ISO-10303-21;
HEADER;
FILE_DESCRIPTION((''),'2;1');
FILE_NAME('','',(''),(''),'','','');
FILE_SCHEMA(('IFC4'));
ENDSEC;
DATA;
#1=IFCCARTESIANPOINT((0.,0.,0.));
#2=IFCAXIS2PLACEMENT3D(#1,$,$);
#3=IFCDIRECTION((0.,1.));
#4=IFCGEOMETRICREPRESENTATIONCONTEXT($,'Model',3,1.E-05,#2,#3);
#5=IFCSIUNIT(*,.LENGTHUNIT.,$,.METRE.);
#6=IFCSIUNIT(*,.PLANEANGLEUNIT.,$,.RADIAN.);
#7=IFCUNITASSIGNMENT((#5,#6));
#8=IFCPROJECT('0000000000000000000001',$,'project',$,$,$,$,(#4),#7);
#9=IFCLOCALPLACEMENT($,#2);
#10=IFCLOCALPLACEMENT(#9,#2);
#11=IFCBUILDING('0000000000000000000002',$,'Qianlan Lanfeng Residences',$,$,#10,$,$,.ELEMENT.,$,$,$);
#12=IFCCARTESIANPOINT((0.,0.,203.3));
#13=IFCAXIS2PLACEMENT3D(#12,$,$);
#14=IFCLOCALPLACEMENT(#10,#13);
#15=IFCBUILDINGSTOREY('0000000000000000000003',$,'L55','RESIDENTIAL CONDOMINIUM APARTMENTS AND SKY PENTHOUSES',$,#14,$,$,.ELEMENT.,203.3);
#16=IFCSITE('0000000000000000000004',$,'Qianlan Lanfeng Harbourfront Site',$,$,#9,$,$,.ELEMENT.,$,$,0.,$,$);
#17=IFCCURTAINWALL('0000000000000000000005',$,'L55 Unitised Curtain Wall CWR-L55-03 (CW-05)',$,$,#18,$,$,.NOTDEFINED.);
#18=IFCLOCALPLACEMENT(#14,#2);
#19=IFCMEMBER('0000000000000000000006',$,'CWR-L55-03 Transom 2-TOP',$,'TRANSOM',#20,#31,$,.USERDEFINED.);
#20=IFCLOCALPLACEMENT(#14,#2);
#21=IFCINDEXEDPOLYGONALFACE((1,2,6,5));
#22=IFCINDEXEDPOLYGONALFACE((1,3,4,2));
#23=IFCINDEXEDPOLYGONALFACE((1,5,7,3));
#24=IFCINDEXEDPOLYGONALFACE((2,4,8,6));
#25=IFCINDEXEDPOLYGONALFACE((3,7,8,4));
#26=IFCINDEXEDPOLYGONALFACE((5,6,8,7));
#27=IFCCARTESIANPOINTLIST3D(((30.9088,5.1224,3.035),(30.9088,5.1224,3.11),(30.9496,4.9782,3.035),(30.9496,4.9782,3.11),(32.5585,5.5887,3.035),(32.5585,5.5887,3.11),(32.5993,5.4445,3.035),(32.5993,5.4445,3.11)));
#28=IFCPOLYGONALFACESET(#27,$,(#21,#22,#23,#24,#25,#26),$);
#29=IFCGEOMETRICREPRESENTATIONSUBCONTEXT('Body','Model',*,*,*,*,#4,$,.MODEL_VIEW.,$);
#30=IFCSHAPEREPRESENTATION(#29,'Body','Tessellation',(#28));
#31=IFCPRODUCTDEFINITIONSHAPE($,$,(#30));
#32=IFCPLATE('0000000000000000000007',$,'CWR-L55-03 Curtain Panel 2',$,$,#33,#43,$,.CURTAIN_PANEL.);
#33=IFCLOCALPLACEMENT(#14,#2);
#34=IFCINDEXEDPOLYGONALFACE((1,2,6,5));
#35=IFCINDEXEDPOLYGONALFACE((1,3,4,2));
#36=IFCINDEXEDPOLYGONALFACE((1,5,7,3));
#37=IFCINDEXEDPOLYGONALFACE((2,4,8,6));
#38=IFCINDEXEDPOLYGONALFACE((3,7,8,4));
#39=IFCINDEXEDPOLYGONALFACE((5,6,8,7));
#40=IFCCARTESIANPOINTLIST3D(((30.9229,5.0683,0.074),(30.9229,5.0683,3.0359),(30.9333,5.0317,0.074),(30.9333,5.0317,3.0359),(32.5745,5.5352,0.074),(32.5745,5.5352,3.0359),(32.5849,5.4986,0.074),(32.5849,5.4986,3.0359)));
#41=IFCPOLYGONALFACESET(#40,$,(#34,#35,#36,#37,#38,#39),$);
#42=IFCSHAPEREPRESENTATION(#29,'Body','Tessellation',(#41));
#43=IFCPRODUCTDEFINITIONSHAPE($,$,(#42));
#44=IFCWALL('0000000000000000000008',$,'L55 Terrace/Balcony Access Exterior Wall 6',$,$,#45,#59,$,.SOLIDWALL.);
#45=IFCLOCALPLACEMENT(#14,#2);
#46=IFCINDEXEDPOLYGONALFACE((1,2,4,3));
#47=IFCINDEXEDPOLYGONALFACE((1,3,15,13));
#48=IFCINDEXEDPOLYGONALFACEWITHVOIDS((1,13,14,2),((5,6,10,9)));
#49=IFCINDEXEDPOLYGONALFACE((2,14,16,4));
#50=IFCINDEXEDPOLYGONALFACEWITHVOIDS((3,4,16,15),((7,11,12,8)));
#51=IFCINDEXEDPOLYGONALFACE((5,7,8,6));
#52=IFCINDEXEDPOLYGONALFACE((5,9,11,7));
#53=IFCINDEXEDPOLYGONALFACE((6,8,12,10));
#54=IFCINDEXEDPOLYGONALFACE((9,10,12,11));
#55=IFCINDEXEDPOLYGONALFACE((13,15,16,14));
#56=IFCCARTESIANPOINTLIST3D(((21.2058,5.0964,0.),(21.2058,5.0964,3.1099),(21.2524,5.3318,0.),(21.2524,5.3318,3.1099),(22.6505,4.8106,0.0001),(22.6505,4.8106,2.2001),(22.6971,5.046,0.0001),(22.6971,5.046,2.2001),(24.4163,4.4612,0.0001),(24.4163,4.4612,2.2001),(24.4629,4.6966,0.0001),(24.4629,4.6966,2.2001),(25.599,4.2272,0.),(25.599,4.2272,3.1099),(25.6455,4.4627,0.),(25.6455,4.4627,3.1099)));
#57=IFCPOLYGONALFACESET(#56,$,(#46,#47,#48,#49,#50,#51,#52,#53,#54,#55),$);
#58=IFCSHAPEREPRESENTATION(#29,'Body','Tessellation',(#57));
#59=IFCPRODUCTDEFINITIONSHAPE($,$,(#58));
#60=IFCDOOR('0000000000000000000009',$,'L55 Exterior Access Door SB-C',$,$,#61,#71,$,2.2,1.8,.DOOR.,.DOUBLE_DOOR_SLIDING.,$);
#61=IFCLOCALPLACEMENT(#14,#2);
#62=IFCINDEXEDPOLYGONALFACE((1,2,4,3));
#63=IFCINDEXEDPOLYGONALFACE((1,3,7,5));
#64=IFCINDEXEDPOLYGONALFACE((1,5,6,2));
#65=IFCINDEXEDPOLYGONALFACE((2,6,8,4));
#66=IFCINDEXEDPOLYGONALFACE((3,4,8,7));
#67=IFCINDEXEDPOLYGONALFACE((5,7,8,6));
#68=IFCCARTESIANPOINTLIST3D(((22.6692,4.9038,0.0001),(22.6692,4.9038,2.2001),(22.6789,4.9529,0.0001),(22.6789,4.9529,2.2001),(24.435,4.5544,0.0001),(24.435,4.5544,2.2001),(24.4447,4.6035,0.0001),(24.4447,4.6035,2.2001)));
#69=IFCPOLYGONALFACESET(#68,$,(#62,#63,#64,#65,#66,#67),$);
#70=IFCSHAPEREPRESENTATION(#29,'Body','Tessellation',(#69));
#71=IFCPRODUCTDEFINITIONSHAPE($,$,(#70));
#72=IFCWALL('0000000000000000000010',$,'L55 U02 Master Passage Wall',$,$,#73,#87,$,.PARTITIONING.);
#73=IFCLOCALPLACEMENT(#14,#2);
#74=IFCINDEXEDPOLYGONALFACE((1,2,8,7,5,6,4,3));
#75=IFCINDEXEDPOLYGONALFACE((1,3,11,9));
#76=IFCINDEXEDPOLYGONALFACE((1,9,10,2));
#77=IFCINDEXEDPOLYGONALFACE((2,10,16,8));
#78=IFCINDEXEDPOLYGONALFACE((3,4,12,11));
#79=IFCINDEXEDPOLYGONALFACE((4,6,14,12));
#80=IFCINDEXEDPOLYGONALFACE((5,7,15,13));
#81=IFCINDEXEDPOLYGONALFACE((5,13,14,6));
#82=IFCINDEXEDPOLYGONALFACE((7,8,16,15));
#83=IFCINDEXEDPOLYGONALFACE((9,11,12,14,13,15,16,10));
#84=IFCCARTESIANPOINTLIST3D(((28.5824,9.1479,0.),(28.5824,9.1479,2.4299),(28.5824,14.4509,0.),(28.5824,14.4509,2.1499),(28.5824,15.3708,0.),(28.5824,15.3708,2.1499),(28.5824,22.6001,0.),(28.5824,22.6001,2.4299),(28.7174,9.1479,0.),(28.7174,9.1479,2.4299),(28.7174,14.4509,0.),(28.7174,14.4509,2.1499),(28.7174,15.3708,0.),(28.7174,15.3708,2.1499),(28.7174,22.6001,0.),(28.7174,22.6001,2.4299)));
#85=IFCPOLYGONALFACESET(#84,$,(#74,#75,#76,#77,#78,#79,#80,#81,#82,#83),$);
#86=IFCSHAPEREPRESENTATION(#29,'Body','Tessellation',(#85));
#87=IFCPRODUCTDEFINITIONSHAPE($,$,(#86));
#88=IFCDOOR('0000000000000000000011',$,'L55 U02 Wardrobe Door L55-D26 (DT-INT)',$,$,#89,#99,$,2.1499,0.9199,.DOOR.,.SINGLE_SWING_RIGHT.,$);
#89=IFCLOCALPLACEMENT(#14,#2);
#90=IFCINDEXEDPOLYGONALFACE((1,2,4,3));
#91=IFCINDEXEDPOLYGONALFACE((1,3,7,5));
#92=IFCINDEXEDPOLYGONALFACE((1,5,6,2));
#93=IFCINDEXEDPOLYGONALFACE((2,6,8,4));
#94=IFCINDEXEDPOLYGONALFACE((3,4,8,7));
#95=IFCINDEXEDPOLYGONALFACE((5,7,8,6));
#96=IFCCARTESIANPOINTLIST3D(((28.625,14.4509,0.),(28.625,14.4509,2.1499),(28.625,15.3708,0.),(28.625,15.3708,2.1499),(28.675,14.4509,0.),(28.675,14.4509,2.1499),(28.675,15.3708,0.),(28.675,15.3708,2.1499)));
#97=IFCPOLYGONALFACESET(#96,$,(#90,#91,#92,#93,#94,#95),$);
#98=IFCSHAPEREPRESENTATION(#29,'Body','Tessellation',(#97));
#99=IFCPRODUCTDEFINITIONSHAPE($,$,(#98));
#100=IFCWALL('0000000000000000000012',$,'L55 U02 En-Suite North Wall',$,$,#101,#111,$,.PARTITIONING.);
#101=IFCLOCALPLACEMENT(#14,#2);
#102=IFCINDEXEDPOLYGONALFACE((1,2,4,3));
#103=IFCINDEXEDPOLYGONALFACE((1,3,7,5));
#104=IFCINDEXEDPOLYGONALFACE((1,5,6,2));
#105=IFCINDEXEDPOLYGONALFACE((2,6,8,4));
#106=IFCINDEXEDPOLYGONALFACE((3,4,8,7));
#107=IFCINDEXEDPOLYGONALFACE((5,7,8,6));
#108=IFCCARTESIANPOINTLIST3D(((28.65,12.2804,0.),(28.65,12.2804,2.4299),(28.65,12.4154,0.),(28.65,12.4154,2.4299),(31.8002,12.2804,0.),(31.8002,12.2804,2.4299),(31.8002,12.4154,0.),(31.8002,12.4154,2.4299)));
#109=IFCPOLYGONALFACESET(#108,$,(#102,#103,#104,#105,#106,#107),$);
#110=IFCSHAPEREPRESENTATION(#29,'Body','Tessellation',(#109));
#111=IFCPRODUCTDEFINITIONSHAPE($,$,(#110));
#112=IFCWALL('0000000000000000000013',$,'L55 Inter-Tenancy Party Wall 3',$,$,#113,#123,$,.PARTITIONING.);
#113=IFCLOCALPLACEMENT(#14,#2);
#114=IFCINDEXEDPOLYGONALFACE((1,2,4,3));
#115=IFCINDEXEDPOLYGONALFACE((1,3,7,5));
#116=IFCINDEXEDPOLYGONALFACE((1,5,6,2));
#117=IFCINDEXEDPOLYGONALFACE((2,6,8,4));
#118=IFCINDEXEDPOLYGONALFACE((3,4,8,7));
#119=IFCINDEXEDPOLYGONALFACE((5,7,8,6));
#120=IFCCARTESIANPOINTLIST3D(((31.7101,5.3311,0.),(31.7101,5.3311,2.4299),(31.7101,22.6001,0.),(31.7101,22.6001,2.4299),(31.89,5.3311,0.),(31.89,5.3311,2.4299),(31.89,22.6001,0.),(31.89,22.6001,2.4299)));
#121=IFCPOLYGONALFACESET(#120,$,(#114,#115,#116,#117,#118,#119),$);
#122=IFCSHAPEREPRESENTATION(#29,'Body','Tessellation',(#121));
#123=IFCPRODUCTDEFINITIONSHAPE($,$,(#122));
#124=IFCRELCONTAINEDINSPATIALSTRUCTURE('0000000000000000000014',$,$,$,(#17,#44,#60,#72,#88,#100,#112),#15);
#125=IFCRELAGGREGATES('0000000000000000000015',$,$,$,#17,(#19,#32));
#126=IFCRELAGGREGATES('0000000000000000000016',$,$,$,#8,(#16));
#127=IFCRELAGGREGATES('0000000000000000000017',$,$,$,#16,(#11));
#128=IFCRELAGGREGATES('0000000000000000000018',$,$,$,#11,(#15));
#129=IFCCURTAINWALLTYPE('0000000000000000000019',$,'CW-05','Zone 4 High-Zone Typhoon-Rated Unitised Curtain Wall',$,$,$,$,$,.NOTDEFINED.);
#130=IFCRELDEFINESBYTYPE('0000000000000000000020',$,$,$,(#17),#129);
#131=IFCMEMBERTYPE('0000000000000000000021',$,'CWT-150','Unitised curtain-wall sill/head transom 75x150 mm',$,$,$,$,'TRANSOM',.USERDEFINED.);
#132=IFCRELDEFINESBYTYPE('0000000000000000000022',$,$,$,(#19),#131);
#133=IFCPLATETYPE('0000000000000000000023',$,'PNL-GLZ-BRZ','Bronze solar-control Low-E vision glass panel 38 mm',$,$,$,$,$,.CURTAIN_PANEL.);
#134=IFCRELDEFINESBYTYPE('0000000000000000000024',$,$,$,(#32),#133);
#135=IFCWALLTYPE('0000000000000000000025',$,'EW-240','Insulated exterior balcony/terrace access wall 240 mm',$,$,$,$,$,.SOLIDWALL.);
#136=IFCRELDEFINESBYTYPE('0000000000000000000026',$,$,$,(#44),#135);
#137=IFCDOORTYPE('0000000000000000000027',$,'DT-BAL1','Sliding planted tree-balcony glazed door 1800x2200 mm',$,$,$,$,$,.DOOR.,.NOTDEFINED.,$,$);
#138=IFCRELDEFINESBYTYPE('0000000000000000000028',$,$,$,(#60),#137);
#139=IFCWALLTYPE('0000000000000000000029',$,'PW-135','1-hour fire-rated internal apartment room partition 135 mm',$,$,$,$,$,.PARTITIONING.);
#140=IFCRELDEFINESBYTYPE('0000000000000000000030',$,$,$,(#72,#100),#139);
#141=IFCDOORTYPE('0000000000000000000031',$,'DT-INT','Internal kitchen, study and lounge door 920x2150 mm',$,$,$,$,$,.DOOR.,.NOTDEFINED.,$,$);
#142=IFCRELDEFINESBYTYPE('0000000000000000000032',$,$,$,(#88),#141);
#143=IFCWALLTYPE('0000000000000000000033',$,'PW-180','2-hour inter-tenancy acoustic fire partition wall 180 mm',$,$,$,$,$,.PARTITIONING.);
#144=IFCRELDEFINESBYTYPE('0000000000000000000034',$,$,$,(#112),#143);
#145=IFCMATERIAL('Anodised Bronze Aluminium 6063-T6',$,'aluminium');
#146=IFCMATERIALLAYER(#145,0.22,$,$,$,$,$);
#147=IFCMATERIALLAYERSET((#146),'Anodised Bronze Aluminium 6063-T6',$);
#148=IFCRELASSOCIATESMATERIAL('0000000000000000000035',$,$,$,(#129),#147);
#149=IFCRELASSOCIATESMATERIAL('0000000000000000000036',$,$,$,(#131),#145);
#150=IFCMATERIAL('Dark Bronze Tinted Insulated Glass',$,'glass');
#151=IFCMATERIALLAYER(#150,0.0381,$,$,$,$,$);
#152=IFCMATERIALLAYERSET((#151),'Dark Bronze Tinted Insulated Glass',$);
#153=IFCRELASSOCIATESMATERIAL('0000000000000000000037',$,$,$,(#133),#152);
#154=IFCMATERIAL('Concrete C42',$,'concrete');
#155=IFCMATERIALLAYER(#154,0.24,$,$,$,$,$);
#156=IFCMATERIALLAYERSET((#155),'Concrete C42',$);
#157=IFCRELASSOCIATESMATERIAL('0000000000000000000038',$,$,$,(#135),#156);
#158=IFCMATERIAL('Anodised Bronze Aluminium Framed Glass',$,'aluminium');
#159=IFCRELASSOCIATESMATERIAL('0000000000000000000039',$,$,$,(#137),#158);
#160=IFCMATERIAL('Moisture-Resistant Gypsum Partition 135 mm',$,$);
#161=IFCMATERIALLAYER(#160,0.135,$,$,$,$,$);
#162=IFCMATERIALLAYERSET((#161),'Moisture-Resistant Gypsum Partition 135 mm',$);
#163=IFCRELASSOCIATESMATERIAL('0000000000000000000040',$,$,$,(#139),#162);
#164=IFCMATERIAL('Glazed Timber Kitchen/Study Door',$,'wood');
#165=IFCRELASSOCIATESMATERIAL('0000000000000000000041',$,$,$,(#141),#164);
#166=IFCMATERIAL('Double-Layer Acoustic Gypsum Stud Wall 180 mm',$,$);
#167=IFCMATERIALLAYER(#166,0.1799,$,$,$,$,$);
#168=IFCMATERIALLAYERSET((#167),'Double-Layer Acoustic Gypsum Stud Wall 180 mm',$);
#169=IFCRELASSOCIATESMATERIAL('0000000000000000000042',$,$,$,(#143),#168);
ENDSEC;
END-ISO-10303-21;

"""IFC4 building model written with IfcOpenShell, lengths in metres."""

from ifc_helpers import new_model, si_unit, direction, frame, frame_2d, origin, origin_2d, place, context, subcontext, project, spatial, rectangle, extrude, source, transform, mapped, material, layer, layer_set, material_profile, profile_set, type_object, element, fill, aggregate, save


model = new_model("IFC4")

# Units and contexts
model_context = context("Model", 3, precision=1e-05, world=origin(), true_north=direction((0.0, 1.0)))
body_context = subcontext(model_context, "Body", "Model", "MODEL_VIEW")
ifc_project = project(units=[si_unit("LENGTHUNIT", "METRE"), si_unit("PLANEANGLEUNIT", "RADIAN")], contexts=[model_context])

# Site, building, storey
site_placement = place(None, origin())
site = spatial("IfcSite", under=ifc_project, at=site_placement, Name="Qianlan Lanfeng Harbourfront Site", CompositionType="ELEMENT", RefElevation=0.0)
building_placement = place(site_placement, origin())
building = spatial("IfcBuilding", under=site, at=building_placement, Name="Qianlan Lanfeng Residences", CompositionType="ELEMENT")
storey_placement = place(building_placement, frame((0.0, 0.0, 203.3)))
storey = spatial("IfcBuildingStorey", under=building, at=storey_placement, Name="L55", Description="RESIDENTIAL CONDOMINIUM APARTMENTS AND SKY PENTHOUSES", CompositionType="ELEMENT", Elevation=203.3)

# Curtain wall, member, plate
ifc_material_1 = material(Name="Anodised Bronze Aluminium 6063-T6", Category="aluminium")
ifc_layer_1 = layer(ifc_material_1, 0.22)
ifc_layer_set_1 = layer_set([ifc_layer_1], Name="Anodised Bronze Aluminium 6063-T6")
curtain_wall_type = type_object("IfcCurtainWallType", Name="CW-05", Description="Zone 4 High-Zone Typhoon-Rated Unitised Curtain Wall", PredefinedType="NOTDEFINED", material=ifc_layer_set_1)
curtain_wall_placement = place(storey_placement, origin())
curtain_wall = element("IfcCurtainWall", 1, at=curtain_wall_placement, inside=storey, type_object=curtain_wall_type, Name="L55 Unitised Curtain Wall CWR-L55-03 (CW-05)", PredefinedType="NOTDEFINED")
ifc_material_profile_1 = material_profile(ifc_material_1, rectangle(XDim=0.075, YDim=0.1499, at=origin_2d()), Name="ALU TRANSOM 75x150")
ifc_profile_set_1 = profile_set([ifc_material_profile_1], Name="Anodised Bronze Aluminium 6063-T6")
member_type = type_object("IfcMemberType", Name="CWT-150", Description="Unitised curtain-wall sill/head transom 75x150 mm", ElementType="TRANSOM", PredefinedType="USERDEFINED", material=ifc_profile_set_1)
shared_shape_1 = source(origin(), body_context, "Body", "SweptSolid", [
    extrude(rectangle(XDim=0.075, YDim=0.1499, at=origin_2d()), origin(), (0.0, 0.0, 1.0), 1.7144),
])
member_1_placement = place(storey_placement, frame((30.9292, 5.0503, 3.0725), z_axis=(0.962294, 0.272011, 0.0), x_axis=(0.0, 0.0, 1.0)))
member_1 = element("IfcMember", 2, at=member_1_placement, type_object=member_type, Name="CWR-L55-03 Transom 2-TOP", ObjectType="TRANSOM", PredefinedType="USERDEFINED", context=body_context, shape_type="MappedRepresentation", body=[
    mapped(shared_shape_1, transform((0.0, 0.0, 0.0), scale=1.0)),
])
ifc_material_2 = material(Name="Dark Bronze Tinted Insulated Glass", Category="glass")
ifc_layer_2 = layer(ifc_material_2, 0.0381)
ifc_layer_set_2 = layer_set([ifc_layer_2], Name="Dark Bronze Tinted Insulated Glass")
plate_type = type_object("IfcPlateType", Name="PNL-GLZ-BRZ", Description="Bronze solar-control Low-E vision glass panel 38 mm", PredefinedType="CURTAIN_PANEL", material=ifc_layer_set_2)
shared_shape_2 = source(origin(), body_context, "Body", "SweptSolid", [
    extrude(rectangle(XDim=1.7163, YDim=0.0381, at=origin_2d()), origin(), (0.0, 0.0, 1.0), 2.9619),
])
plate_placement = place(storey_placement, frame((31.7539, 5.2834, 0.074), z_axis=(0.0, 0.0, 1.0), x_axis=(0.962284, 0.272045, 0.0)))
plate = element("IfcPlate", 3, at=plate_placement, type_object=plate_type, Name="CWR-L55-03 Curtain Panel 2", PredefinedType="CURTAIN_PANEL", context=body_context, shape_type="MappedRepresentation", body=[
    mapped(shared_shape_2, transform((0.0, 0.0, 0.0), scale=1.0)),
])
aggregate(curtain_wall, [member_1, plate])

# Wall, opening, door
ifc_material_3 = material(Name="Concrete C42", Category="concrete")
ifc_layer_3 = layer(ifc_material_3, 0.24)
ifc_layer_set_3 = layer_set([ifc_layer_3], Name="Concrete C42")
wall_type_1 = type_object("IfcWallType", Name="EW-240", Description="Insulated exterior balcony/terrace access wall 240 mm", PredefinedType="SOLIDWALL", material=ifc_layer_set_3)
wall_1_placement = place(storey_placement, frame((21.229, 5.2141, 0.0), z_axis=(0.0, 0.0, 1.0), x_axis=(0.980985, -0.194082, 0.0)))
wall_1 = element("IfcWall", 4, at=wall_1_placement, inside=storey, type_object=wall_type_1, Name="L55 Terrace/Balcony Access Exterior Wall 6", PredefinedType="SOLIDWALL", context=body_context, shape_type="SweptSolid", body=[
    extrude(rectangle(XDim=4.4783, YDim=0.24, at=frame_2d((2.2393, 0.0))), origin(), (0.0, 0.0, 1.0), 3.1099),
])
opening_1_placement = place(wall_1_placement, frame((1.4729, 0.0, 0.0)))
opening_1 = element("IfcOpeningElement", 5, at=opening_1_placement, cuts=wall_1, PredefinedType="OPENING", context=body_context, shape_type="SweptSolid", body=[
    extrude(rectangle(XDim=1.8, YDim=2.2, at=frame_2d((0.8999, 1.1001))), frame((0.0, 0.1299, 0.0), z_axis=(0.0, -1.0, 0.0), x_axis=(1.0, 0.0, 0.0)), (0.0, 0.0, 1.0), 0.26),
])
ifc_material_4 = material(Name="Anodised Bronze Aluminium Framed Glass", Category="aluminium")
door_type_1 = type_object("IfcDoorType", Name="DT-BAL1", Description="Sliding planted tree-balcony glazed door 1800x2200 mm", OperationType="NOTDEFINED", PredefinedType="DOOR", material=ifc_material_4)
door_1_placement = place(opening_1_placement, frame((1.8, 0.0, 0.0), z_axis=(0.0, 0.0, 1.0), x_axis=(-1.0, 0.0, 0.0)))
door_1 = element("IfcDoor", 6, at=door_1_placement, inside=storey, type_object=door_type_1, Name="L55 Exterior Access Door SB-C", OperationType="DOUBLE_DOOR_SLIDING", OverallHeight=2.2, OverallWidth=1.8, PredefinedType="DOOR", context=body_context, shape_type="SweptSolid", body=[
    extrude(rectangle(XDim=1.8, YDim=2.2, at=frame_2d((0.8999, 1.1001))), frame((0.0, 0.0249, 0.0), z_axis=(0.0, -1.0, 0.0), x_axis=(1.0, 0.0, 0.0)), (0.0, 0.0, 1.0), 0.05),
])
fill(opening_1, door_1)

# Shared definitions
ifc_material_5 = material(Name="Moisture-Resistant Gypsum Partition 135 mm")
ifc_layer_4 = layer(ifc_material_5, 0.135)
ifc_layer_set_4 = layer_set([ifc_layer_4], Name="Moisture-Resistant Gypsum Partition 135 mm")
wall_type_2 = type_object("IfcWallType", Name="PW-135", Description="1-hour fire-rated internal apartment room partition 135 mm", PredefinedType="PARTITIONING", material=ifc_layer_set_4)

# Wall, opening, door
wall_2_placement = place(storey_placement, frame((28.6499, 9.1479, 0.0), z_axis=(0.0, 0.0, 1.0), x_axis=(0.0, 1.0, 0.0)))
wall_2 = element("IfcWall", 7, at=wall_2_placement, inside=storey, type_object=wall_type_2, Name="L55 U02 Master Passage Wall", PredefinedType="PARTITIONING", context=body_context, shape_type="SweptSolid", body=[
    extrude(rectangle(XDim=13.4521, YDim=0.135, at=frame_2d((6.7261, 0.0))), origin(), (0.0, 0.0, 1.0), 2.4299),
])
opening_2_placement = place(wall_2_placement, frame((5.303, 0.0, 0.0)))
opening_2 = element("IfcOpeningElement", 8, at=opening_2_placement, cuts=wall_2, PredefinedType="OPENING", context=body_context, shape_type="SweptSolid", body=[
    extrude(rectangle(XDim=0.9199, YDim=2.1499, at=frame_2d((0.46, 1.075))), frame((0.0, 0.0776, 0.0), z_axis=(0.0, -1.0, 0.0), x_axis=(1.0, 0.0, 0.0)), (0.0, 0.0, 1.0), 0.155),
])
ifc_material_6 = material(Name="Glazed Timber Kitchen/Study Door", Category="wood")
door_type_2 = type_object("IfcDoorType", Name="DT-INT", Description="Internal kitchen, study and lounge door 920x2150 mm", OperationType="NOTDEFINED", PredefinedType="DOOR", material=ifc_material_6)
door_2_placement = place(opening_2_placement, origin())
door_2 = element("IfcDoor", 9, at=door_2_placement, inside=storey, type_object=door_type_2, Name="L55 U02 Wardrobe Door L55-D26 (DT-INT)", OperationType="SINGLE_SWING_RIGHT", OverallHeight=2.1499, OverallWidth=0.9199, PredefinedType="DOOR", context=body_context, shape_type="SweptSolid", body=[
    extrude(rectangle(XDim=0.9199, YDim=2.1499, at=frame_2d((0.46, 1.075))), frame((0.0, 0.0249, 0.0), z_axis=(0.0, -1.0, 0.0), x_axis=(1.0, 0.0, 0.0)), (0.0, 0.0, 1.0), 0.05),
])
fill(opening_2, door_2)

# Walls
wall_3_placement = place(storey_placement, frame((28.6499, 12.3479, 0.0), z_axis=(0.0, 0.0, 1.0), x_axis=(1.0, 0.0, 0.0)))
element("IfcWall", 10, at=wall_3_placement, inside=storey, type_object=wall_type_2, Name="L55 U02 En-Suite North Wall", PredefinedType="PARTITIONING", context=body_context, shape_type="SweptSolid", body=[
    extrude(rectangle(XDim=3.1501, YDim=0.135, at=frame_2d((1.5752, 0.0))), origin(), (0.0, 0.0, 1.0), 2.4299),
])
ifc_material_7 = material(Name="Double-Layer Acoustic Gypsum Stud Wall 180 mm")
ifc_layer_5 = layer(ifc_material_7, 0.1799)
ifc_layer_set_5 = layer_set([ifc_layer_5], Name="Double-Layer Acoustic Gypsum Stud Wall 180 mm")
wall_type_3 = type_object("IfcWallType", Name="PW-180", Description="2-hour inter-tenancy acoustic fire partition wall 180 mm", PredefinedType="PARTITIONING", material=ifc_layer_set_5)
wall_4_placement = place(storey_placement, frame((31.8, 5.3311, 0.0), z_axis=(0.0, 0.0, 1.0), x_axis=(0.0, 1.0, 0.0)))
element("IfcWall", 11, at=wall_4_placement, inside=storey, type_object=wall_type_3, Name="L55 Inter-Tenancy Party Wall 3", PredefinedType="PARTITIONING", context=body_context, shape_type="SweptSolid", body=[
    extrude(rectangle(XDim=17.269, YDim=0.1799, at=frame_2d((8.6345, 0.0))), origin(), (0.0, 0.0, 1.0), 2.4299),
])

save(model, "model.ifc")
